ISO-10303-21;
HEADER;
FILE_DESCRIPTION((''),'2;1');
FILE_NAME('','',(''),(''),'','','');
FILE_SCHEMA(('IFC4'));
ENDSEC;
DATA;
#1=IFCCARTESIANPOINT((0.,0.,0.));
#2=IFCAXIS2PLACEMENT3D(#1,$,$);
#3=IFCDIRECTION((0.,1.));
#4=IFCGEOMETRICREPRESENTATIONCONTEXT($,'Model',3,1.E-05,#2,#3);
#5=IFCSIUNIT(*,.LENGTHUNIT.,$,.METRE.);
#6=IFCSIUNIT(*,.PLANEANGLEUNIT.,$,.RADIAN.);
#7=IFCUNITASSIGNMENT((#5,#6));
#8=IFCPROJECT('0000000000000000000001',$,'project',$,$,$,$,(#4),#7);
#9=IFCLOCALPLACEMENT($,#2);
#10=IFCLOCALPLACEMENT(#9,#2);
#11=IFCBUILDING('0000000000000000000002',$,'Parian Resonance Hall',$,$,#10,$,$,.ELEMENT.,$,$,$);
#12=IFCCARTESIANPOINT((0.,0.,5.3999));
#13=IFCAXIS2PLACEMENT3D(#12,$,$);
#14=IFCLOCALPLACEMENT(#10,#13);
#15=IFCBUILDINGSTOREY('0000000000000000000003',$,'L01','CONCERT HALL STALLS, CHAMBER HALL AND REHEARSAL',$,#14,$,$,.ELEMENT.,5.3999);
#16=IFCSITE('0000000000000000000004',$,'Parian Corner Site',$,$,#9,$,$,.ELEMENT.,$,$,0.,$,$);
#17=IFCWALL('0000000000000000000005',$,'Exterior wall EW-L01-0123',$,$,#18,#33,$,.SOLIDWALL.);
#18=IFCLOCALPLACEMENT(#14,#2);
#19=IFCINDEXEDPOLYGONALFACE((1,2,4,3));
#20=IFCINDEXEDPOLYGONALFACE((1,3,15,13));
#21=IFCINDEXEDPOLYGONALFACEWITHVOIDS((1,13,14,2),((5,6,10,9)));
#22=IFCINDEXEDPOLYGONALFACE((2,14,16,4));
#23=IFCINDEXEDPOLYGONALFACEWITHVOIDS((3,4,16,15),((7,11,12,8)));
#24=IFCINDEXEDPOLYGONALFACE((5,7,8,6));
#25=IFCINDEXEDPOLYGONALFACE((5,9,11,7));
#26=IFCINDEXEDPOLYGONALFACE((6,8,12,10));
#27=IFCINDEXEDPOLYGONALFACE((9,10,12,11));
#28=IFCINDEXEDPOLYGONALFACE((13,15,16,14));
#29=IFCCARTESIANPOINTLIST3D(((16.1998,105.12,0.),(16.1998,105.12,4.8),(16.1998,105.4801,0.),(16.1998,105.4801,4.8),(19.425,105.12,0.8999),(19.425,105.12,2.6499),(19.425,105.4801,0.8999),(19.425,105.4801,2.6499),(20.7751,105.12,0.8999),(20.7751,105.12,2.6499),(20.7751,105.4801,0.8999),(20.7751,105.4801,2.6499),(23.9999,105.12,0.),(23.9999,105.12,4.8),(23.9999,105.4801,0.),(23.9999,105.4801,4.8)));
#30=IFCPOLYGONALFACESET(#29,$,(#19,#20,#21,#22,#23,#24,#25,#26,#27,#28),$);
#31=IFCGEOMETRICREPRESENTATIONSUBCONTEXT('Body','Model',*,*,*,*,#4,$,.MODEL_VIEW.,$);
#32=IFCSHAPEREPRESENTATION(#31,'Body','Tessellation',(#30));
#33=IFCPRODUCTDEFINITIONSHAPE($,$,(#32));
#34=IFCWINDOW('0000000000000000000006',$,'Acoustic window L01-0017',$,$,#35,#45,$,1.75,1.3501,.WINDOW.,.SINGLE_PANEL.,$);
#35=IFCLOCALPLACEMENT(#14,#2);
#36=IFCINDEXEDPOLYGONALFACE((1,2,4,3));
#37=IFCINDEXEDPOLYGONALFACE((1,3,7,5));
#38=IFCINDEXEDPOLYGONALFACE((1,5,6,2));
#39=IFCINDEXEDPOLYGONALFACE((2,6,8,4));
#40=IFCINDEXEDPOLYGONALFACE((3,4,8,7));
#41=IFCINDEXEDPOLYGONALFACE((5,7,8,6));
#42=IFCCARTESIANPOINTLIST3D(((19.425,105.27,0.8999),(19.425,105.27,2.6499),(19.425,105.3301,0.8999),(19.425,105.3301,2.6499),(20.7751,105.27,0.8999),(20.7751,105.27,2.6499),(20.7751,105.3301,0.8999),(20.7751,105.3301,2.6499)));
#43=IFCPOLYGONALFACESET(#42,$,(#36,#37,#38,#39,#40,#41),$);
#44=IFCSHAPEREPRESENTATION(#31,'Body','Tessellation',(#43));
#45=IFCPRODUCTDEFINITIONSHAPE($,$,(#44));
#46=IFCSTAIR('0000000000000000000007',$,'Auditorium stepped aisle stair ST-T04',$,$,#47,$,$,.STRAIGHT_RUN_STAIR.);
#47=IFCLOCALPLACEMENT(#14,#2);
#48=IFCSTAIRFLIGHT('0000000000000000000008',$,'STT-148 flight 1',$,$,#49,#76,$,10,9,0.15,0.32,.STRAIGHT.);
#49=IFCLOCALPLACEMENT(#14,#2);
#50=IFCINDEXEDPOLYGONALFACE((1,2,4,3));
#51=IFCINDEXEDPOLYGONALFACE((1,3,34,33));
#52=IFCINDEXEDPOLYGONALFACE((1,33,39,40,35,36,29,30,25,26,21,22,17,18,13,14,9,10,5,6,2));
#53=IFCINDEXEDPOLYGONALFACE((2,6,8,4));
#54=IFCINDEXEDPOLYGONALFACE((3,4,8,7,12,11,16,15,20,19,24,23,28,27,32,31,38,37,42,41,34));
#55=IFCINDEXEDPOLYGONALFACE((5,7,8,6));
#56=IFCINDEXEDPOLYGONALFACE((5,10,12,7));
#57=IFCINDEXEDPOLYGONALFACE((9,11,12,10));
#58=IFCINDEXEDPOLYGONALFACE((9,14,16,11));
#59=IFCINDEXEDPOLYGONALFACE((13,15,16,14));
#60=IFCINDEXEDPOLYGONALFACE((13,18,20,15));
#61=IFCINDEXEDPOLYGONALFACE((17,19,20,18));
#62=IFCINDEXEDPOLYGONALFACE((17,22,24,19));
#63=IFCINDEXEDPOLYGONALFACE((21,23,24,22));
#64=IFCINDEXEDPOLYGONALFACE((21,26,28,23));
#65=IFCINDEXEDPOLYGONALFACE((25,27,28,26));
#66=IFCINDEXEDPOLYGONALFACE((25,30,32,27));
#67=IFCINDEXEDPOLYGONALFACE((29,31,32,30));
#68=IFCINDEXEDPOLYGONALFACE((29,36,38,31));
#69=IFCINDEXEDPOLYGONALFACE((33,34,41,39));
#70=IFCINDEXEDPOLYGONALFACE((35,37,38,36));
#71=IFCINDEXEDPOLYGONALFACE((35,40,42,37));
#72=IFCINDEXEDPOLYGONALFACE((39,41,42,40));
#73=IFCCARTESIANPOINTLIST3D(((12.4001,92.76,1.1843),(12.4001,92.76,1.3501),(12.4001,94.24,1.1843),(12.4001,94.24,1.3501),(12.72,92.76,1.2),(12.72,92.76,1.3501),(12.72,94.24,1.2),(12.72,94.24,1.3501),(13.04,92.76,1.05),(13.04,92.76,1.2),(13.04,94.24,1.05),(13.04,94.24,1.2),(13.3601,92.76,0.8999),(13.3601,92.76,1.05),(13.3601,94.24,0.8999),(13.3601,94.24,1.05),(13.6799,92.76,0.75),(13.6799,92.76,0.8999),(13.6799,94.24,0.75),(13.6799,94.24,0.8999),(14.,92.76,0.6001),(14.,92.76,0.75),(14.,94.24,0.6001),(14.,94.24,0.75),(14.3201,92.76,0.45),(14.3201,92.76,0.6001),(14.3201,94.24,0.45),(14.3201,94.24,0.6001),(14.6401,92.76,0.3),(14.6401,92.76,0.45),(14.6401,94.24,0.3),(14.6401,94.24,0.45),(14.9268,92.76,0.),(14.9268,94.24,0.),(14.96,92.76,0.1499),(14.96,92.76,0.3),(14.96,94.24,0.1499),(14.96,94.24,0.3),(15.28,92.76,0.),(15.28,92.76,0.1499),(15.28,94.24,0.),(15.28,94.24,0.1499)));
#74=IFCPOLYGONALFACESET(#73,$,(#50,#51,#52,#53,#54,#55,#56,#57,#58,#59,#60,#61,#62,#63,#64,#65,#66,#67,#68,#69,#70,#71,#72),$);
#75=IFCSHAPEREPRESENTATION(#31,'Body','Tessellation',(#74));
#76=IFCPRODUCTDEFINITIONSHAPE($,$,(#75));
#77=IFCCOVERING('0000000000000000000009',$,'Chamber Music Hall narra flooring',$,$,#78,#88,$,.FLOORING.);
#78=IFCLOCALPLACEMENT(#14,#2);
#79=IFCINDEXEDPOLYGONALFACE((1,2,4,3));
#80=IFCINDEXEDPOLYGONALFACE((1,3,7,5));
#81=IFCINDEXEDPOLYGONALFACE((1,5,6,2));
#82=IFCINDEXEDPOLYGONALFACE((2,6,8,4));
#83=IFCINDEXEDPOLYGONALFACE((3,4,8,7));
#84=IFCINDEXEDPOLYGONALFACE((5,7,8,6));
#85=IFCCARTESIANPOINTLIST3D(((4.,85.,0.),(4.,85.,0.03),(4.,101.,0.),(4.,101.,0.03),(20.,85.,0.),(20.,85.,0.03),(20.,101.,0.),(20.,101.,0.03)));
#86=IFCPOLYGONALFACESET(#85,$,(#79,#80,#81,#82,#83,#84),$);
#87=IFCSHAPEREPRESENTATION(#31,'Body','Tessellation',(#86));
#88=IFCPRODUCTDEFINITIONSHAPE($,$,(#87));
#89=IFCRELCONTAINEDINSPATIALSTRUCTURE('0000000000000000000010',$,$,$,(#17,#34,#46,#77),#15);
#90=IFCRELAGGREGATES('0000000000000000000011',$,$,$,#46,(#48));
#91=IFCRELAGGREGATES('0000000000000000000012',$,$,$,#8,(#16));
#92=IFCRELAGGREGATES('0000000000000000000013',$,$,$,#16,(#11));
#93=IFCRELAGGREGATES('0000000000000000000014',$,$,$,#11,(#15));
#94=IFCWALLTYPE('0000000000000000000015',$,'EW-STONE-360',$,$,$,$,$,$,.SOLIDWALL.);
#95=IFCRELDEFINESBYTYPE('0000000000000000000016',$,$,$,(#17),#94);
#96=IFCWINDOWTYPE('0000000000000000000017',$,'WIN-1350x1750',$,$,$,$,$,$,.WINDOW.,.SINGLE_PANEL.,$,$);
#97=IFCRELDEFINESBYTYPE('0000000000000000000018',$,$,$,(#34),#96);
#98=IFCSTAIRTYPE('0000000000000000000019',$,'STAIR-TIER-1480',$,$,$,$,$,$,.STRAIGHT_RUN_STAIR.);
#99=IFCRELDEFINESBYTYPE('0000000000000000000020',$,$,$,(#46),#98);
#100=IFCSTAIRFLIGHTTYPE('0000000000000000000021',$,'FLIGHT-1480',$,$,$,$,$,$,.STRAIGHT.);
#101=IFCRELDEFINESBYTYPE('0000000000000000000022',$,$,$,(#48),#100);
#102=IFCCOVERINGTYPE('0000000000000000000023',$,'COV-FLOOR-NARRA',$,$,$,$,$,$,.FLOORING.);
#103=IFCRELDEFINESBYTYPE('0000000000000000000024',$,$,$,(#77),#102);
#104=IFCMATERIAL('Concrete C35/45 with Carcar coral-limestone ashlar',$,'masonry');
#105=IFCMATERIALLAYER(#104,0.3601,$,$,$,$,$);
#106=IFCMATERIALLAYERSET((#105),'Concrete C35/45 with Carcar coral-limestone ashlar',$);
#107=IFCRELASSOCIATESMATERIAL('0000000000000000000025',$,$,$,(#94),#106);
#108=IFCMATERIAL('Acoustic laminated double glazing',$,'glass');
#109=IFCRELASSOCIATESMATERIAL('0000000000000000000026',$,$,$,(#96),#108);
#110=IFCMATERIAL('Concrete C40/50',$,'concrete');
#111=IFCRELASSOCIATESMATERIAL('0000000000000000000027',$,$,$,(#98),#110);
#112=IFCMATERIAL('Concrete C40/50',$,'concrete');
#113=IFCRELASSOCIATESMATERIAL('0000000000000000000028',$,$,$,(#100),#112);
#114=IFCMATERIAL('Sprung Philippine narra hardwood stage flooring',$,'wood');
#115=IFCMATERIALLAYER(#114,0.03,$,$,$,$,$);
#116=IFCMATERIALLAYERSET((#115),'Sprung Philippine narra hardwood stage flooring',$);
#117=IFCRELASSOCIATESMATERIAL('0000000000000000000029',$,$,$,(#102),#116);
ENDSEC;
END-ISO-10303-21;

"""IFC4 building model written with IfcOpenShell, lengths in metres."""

from ifc_helpers import new_model, si_unit, direction, frame, frame_2d, origin, origin_2d, place, context, subcontext, project, spatial, polyline, rectangle, outline, extrude, material, layer, layer_set, type_object, element, fill, aggregate, save


model = new_model("IFC4")

# Units and contexts
model_context = context("Model", 3, precision=1e-05, world=origin(), true_north=direction((0.0, 1.0)))
body_context = subcontext(model_context, "Body", "Model", "MODEL_VIEW")
ifc_project = project(units=[si_unit("LENGTHUNIT", "METRE"), si_unit("PLANEANGLEUNIT", "RADIAN")], contexts=[model_context])

# Site, building, storey
site_placement = place(None, origin())
site = spatial("IfcSite", under=ifc_project, at=site_placement, Name="Parian Corner Site", CompositionType="ELEMENT", RefElevation=0.0)
building_placement = place(site_placement, origin())
building = spatial("IfcBuilding", under=site, at=building_placement, Name="Parian Resonance Hall", CompositionType="ELEMENT")
storey_placement = place(building_placement, frame((0.0, 0.0, 5.3999)))
storey = spatial("IfcBuildingStorey", under=building, at=storey_placement, Name="L01", Description="CONCERT HALL STALLS, CHAMBER HALL AND REHEARSAL", CompositionType="ELEMENT", Elevation=5.3999)

# Wall, opening, window
ifc_material_1 = material(Name="Concrete C35/45 with Carcar coral-limestone ashlar", Category="masonry")
ifc_layer_1 = layer(ifc_material_1, 0.3601)
ifc_layer_set_1 = layer_set([ifc_layer_1], Name="Concrete C35/45 with Carcar coral-limestone ashlar")
wall_type_1 = type_object("IfcWallType", Name="EW-STONE-360", PredefinedType="SOLIDWALL", material=ifc_layer_set_1)
wall_1_placement = place(storey_placement, frame((16.2, 105.3, 0.0), z_axis=(0.0, 0.0, 1.0), x_axis=(1.0, 0.0, 0.0)))
wall_1 = element("IfcWall", 1, at=wall_1_placement, inside=storey, type_object=wall_type_1, Name="Exterior wall EW-L01-0123", PredefinedType="SOLIDWALL", context=body_context, shape_type="SweptSolid", body=[
    extrude(rectangle(XDim=7.8, YDim=0.3601, at=frame_2d((3.8999, 0.0))), origin(), (0.0, 0.0, 1.0), 4.8),
])
opening_1_placement = place(wall_1_placement, frame((3.2251, 0.0, 0.8999)))
opening_1 = element("IfcOpeningElement", 2, at=opening_1_placement, cuts=wall_1, PredefinedType="OPENING", context=body_context, shape_type="SweptSolid", body=[
    extrude(rectangle(XDim=1.3501, YDim=1.75, at=frame_2d((0.675, 0.875))), frame((0.0, 0.1899, 0.0), z_axis=(0.0, -1.0, 0.0), x_axis=(1.0, 0.0, 0.0)), (0.0, 0.0, 1.0), 0.3801),
])
ifc_material_2 = material(Name="Acoustic laminated double glazing", Category="glass")
window_type_1 = type_object("IfcWindowType", Name="WIN-1350x1750", PartitioningType="SINGLE_PANEL", PredefinedType="WINDOW", material=ifc_material_2)
window_1_placement = place(opening_1_placement, origin())
window_1 = element("IfcWindow", 3, at=window_1_placement, inside=storey, type_object=window_type_1, Name="Acoustic window L01-0017", OverallHeight=1.75, OverallWidth=1.3501, PartitioningType="SINGLE_PANEL", PredefinedType="WINDOW", context=body_context, shape_type="SweptSolid", body=[
    extrude(rectangle(XDim=1.3501, YDim=1.75, at=frame_2d((0.675, 0.875))), frame((0.0, 0.03, 0.0), z_axis=(0.0, -1.0, 0.0), x_axis=(1.0, 0.0, 0.0)), (0.0, 0.0, 1.0), 0.0601),
])
fill(opening_1, window_1)

# Stair, stair flight
ifc_material_3 = material(Name="Concrete C40/50", Category="concrete")
stair_type = type_object("IfcStairType", Name="STAIR-TIER-1480", PredefinedType="STRAIGHT_RUN_STAIR", material=ifc_material_3)
stair_placement = place(storey_placement, origin())
stair = element("IfcStair", 4, at=stair_placement, inside=storey, type_object=stair_type, Name="Auditorium stepped aisle stair ST-T04", PredefinedType="STRAIGHT_RUN_STAIR")
ifc_material_4 = material(Name="Concrete C40/50", Category="concrete")
stair_flight_type = type_object("IfcStairFlightType", Name="FLIGHT-1480", PredefinedType="STRAIGHT", material=ifc_material_4)
stair_flight_placement = place(storey_placement, frame((15.28, 93.5, 0.0), z_axis=(0.0, 0.0, 1.0), x_axis=(-1.0, 0.0, 0.0)))
stair_flight = element("IfcStairFlight", 5, at=stair_flight_placement, type_object=stair_flight_type, Name="STT-148 flight 1", NumberOfRisers=10, NumberOfTreads=9, PredefinedType="STRAIGHT", RiserHeight=0.15, TreadLength=0.32, context=body_context, shape_type="SweptSolid", body=[
    extrude(outline(polyline([(0.0, 0.0), (0.0, 0.1499), (0.3201, 0.1499), (0.3201, 0.3), (0.6399, 0.3), (0.6399, 0.45), (0.96, 0.45), (0.96, 0.6001), (1.28, 0.6001), (1.28, 0.75), (1.6001, 0.75), (1.6001, 0.8999), (1.9199, 0.8999), (1.9199, 1.05), (2.24, 1.05), (2.24, 1.2), (2.5601, 1.2), (2.5601, 1.3501), (2.8799, 1.3501), (2.8799, 1.5), (2.8799, 1.1843), (0.3533, 0.0), (0.0, 0.0)])), frame((0.0, 0.74, 0.0), z_axis=(0.0, -1.0, 0.0), x_axis=(1.0, 0.0, 0.0)), (0.0, 0.0, 1.0), 1.48),
])
aggregate(stair, [stair_flight])

# Covering
ifc_material_5 = material(Name="Sprung Philippine narra hardwood stage flooring", Category="wood")
ifc_layer_2 = layer(ifc_material_5, 0.03)
ifc_layer_set_2 = layer_set([ifc_layer_2], Name="Sprung Philippine narra hardwood stage flooring")
covering_type = type_object("IfcCoveringType", Name="COV-FLOOR-NARRA", PredefinedType="FLOORING", material=ifc_layer_set_2)
covering_placement = place(storey_placement, frame((12.0, 93.0, 0.0), z_axis=(0.0, 0.0, 1.0), x_axis=(1.0, 0.0, 0.0)))
element("IfcCovering", 6, at=covering_placement, inside=storey, type_object=covering_type, Name="Chamber Music Hall narra flooring", PredefinedType="FLOORING", context=body_context, shape_type="SweptSolid", body=[
    extrude(rectangle(XDim=16.0, YDim=16.0, at=origin_2d()), origin(), (0.0, 0.0, 1.0), 0.03),
])

save(model, "model.ifc")
